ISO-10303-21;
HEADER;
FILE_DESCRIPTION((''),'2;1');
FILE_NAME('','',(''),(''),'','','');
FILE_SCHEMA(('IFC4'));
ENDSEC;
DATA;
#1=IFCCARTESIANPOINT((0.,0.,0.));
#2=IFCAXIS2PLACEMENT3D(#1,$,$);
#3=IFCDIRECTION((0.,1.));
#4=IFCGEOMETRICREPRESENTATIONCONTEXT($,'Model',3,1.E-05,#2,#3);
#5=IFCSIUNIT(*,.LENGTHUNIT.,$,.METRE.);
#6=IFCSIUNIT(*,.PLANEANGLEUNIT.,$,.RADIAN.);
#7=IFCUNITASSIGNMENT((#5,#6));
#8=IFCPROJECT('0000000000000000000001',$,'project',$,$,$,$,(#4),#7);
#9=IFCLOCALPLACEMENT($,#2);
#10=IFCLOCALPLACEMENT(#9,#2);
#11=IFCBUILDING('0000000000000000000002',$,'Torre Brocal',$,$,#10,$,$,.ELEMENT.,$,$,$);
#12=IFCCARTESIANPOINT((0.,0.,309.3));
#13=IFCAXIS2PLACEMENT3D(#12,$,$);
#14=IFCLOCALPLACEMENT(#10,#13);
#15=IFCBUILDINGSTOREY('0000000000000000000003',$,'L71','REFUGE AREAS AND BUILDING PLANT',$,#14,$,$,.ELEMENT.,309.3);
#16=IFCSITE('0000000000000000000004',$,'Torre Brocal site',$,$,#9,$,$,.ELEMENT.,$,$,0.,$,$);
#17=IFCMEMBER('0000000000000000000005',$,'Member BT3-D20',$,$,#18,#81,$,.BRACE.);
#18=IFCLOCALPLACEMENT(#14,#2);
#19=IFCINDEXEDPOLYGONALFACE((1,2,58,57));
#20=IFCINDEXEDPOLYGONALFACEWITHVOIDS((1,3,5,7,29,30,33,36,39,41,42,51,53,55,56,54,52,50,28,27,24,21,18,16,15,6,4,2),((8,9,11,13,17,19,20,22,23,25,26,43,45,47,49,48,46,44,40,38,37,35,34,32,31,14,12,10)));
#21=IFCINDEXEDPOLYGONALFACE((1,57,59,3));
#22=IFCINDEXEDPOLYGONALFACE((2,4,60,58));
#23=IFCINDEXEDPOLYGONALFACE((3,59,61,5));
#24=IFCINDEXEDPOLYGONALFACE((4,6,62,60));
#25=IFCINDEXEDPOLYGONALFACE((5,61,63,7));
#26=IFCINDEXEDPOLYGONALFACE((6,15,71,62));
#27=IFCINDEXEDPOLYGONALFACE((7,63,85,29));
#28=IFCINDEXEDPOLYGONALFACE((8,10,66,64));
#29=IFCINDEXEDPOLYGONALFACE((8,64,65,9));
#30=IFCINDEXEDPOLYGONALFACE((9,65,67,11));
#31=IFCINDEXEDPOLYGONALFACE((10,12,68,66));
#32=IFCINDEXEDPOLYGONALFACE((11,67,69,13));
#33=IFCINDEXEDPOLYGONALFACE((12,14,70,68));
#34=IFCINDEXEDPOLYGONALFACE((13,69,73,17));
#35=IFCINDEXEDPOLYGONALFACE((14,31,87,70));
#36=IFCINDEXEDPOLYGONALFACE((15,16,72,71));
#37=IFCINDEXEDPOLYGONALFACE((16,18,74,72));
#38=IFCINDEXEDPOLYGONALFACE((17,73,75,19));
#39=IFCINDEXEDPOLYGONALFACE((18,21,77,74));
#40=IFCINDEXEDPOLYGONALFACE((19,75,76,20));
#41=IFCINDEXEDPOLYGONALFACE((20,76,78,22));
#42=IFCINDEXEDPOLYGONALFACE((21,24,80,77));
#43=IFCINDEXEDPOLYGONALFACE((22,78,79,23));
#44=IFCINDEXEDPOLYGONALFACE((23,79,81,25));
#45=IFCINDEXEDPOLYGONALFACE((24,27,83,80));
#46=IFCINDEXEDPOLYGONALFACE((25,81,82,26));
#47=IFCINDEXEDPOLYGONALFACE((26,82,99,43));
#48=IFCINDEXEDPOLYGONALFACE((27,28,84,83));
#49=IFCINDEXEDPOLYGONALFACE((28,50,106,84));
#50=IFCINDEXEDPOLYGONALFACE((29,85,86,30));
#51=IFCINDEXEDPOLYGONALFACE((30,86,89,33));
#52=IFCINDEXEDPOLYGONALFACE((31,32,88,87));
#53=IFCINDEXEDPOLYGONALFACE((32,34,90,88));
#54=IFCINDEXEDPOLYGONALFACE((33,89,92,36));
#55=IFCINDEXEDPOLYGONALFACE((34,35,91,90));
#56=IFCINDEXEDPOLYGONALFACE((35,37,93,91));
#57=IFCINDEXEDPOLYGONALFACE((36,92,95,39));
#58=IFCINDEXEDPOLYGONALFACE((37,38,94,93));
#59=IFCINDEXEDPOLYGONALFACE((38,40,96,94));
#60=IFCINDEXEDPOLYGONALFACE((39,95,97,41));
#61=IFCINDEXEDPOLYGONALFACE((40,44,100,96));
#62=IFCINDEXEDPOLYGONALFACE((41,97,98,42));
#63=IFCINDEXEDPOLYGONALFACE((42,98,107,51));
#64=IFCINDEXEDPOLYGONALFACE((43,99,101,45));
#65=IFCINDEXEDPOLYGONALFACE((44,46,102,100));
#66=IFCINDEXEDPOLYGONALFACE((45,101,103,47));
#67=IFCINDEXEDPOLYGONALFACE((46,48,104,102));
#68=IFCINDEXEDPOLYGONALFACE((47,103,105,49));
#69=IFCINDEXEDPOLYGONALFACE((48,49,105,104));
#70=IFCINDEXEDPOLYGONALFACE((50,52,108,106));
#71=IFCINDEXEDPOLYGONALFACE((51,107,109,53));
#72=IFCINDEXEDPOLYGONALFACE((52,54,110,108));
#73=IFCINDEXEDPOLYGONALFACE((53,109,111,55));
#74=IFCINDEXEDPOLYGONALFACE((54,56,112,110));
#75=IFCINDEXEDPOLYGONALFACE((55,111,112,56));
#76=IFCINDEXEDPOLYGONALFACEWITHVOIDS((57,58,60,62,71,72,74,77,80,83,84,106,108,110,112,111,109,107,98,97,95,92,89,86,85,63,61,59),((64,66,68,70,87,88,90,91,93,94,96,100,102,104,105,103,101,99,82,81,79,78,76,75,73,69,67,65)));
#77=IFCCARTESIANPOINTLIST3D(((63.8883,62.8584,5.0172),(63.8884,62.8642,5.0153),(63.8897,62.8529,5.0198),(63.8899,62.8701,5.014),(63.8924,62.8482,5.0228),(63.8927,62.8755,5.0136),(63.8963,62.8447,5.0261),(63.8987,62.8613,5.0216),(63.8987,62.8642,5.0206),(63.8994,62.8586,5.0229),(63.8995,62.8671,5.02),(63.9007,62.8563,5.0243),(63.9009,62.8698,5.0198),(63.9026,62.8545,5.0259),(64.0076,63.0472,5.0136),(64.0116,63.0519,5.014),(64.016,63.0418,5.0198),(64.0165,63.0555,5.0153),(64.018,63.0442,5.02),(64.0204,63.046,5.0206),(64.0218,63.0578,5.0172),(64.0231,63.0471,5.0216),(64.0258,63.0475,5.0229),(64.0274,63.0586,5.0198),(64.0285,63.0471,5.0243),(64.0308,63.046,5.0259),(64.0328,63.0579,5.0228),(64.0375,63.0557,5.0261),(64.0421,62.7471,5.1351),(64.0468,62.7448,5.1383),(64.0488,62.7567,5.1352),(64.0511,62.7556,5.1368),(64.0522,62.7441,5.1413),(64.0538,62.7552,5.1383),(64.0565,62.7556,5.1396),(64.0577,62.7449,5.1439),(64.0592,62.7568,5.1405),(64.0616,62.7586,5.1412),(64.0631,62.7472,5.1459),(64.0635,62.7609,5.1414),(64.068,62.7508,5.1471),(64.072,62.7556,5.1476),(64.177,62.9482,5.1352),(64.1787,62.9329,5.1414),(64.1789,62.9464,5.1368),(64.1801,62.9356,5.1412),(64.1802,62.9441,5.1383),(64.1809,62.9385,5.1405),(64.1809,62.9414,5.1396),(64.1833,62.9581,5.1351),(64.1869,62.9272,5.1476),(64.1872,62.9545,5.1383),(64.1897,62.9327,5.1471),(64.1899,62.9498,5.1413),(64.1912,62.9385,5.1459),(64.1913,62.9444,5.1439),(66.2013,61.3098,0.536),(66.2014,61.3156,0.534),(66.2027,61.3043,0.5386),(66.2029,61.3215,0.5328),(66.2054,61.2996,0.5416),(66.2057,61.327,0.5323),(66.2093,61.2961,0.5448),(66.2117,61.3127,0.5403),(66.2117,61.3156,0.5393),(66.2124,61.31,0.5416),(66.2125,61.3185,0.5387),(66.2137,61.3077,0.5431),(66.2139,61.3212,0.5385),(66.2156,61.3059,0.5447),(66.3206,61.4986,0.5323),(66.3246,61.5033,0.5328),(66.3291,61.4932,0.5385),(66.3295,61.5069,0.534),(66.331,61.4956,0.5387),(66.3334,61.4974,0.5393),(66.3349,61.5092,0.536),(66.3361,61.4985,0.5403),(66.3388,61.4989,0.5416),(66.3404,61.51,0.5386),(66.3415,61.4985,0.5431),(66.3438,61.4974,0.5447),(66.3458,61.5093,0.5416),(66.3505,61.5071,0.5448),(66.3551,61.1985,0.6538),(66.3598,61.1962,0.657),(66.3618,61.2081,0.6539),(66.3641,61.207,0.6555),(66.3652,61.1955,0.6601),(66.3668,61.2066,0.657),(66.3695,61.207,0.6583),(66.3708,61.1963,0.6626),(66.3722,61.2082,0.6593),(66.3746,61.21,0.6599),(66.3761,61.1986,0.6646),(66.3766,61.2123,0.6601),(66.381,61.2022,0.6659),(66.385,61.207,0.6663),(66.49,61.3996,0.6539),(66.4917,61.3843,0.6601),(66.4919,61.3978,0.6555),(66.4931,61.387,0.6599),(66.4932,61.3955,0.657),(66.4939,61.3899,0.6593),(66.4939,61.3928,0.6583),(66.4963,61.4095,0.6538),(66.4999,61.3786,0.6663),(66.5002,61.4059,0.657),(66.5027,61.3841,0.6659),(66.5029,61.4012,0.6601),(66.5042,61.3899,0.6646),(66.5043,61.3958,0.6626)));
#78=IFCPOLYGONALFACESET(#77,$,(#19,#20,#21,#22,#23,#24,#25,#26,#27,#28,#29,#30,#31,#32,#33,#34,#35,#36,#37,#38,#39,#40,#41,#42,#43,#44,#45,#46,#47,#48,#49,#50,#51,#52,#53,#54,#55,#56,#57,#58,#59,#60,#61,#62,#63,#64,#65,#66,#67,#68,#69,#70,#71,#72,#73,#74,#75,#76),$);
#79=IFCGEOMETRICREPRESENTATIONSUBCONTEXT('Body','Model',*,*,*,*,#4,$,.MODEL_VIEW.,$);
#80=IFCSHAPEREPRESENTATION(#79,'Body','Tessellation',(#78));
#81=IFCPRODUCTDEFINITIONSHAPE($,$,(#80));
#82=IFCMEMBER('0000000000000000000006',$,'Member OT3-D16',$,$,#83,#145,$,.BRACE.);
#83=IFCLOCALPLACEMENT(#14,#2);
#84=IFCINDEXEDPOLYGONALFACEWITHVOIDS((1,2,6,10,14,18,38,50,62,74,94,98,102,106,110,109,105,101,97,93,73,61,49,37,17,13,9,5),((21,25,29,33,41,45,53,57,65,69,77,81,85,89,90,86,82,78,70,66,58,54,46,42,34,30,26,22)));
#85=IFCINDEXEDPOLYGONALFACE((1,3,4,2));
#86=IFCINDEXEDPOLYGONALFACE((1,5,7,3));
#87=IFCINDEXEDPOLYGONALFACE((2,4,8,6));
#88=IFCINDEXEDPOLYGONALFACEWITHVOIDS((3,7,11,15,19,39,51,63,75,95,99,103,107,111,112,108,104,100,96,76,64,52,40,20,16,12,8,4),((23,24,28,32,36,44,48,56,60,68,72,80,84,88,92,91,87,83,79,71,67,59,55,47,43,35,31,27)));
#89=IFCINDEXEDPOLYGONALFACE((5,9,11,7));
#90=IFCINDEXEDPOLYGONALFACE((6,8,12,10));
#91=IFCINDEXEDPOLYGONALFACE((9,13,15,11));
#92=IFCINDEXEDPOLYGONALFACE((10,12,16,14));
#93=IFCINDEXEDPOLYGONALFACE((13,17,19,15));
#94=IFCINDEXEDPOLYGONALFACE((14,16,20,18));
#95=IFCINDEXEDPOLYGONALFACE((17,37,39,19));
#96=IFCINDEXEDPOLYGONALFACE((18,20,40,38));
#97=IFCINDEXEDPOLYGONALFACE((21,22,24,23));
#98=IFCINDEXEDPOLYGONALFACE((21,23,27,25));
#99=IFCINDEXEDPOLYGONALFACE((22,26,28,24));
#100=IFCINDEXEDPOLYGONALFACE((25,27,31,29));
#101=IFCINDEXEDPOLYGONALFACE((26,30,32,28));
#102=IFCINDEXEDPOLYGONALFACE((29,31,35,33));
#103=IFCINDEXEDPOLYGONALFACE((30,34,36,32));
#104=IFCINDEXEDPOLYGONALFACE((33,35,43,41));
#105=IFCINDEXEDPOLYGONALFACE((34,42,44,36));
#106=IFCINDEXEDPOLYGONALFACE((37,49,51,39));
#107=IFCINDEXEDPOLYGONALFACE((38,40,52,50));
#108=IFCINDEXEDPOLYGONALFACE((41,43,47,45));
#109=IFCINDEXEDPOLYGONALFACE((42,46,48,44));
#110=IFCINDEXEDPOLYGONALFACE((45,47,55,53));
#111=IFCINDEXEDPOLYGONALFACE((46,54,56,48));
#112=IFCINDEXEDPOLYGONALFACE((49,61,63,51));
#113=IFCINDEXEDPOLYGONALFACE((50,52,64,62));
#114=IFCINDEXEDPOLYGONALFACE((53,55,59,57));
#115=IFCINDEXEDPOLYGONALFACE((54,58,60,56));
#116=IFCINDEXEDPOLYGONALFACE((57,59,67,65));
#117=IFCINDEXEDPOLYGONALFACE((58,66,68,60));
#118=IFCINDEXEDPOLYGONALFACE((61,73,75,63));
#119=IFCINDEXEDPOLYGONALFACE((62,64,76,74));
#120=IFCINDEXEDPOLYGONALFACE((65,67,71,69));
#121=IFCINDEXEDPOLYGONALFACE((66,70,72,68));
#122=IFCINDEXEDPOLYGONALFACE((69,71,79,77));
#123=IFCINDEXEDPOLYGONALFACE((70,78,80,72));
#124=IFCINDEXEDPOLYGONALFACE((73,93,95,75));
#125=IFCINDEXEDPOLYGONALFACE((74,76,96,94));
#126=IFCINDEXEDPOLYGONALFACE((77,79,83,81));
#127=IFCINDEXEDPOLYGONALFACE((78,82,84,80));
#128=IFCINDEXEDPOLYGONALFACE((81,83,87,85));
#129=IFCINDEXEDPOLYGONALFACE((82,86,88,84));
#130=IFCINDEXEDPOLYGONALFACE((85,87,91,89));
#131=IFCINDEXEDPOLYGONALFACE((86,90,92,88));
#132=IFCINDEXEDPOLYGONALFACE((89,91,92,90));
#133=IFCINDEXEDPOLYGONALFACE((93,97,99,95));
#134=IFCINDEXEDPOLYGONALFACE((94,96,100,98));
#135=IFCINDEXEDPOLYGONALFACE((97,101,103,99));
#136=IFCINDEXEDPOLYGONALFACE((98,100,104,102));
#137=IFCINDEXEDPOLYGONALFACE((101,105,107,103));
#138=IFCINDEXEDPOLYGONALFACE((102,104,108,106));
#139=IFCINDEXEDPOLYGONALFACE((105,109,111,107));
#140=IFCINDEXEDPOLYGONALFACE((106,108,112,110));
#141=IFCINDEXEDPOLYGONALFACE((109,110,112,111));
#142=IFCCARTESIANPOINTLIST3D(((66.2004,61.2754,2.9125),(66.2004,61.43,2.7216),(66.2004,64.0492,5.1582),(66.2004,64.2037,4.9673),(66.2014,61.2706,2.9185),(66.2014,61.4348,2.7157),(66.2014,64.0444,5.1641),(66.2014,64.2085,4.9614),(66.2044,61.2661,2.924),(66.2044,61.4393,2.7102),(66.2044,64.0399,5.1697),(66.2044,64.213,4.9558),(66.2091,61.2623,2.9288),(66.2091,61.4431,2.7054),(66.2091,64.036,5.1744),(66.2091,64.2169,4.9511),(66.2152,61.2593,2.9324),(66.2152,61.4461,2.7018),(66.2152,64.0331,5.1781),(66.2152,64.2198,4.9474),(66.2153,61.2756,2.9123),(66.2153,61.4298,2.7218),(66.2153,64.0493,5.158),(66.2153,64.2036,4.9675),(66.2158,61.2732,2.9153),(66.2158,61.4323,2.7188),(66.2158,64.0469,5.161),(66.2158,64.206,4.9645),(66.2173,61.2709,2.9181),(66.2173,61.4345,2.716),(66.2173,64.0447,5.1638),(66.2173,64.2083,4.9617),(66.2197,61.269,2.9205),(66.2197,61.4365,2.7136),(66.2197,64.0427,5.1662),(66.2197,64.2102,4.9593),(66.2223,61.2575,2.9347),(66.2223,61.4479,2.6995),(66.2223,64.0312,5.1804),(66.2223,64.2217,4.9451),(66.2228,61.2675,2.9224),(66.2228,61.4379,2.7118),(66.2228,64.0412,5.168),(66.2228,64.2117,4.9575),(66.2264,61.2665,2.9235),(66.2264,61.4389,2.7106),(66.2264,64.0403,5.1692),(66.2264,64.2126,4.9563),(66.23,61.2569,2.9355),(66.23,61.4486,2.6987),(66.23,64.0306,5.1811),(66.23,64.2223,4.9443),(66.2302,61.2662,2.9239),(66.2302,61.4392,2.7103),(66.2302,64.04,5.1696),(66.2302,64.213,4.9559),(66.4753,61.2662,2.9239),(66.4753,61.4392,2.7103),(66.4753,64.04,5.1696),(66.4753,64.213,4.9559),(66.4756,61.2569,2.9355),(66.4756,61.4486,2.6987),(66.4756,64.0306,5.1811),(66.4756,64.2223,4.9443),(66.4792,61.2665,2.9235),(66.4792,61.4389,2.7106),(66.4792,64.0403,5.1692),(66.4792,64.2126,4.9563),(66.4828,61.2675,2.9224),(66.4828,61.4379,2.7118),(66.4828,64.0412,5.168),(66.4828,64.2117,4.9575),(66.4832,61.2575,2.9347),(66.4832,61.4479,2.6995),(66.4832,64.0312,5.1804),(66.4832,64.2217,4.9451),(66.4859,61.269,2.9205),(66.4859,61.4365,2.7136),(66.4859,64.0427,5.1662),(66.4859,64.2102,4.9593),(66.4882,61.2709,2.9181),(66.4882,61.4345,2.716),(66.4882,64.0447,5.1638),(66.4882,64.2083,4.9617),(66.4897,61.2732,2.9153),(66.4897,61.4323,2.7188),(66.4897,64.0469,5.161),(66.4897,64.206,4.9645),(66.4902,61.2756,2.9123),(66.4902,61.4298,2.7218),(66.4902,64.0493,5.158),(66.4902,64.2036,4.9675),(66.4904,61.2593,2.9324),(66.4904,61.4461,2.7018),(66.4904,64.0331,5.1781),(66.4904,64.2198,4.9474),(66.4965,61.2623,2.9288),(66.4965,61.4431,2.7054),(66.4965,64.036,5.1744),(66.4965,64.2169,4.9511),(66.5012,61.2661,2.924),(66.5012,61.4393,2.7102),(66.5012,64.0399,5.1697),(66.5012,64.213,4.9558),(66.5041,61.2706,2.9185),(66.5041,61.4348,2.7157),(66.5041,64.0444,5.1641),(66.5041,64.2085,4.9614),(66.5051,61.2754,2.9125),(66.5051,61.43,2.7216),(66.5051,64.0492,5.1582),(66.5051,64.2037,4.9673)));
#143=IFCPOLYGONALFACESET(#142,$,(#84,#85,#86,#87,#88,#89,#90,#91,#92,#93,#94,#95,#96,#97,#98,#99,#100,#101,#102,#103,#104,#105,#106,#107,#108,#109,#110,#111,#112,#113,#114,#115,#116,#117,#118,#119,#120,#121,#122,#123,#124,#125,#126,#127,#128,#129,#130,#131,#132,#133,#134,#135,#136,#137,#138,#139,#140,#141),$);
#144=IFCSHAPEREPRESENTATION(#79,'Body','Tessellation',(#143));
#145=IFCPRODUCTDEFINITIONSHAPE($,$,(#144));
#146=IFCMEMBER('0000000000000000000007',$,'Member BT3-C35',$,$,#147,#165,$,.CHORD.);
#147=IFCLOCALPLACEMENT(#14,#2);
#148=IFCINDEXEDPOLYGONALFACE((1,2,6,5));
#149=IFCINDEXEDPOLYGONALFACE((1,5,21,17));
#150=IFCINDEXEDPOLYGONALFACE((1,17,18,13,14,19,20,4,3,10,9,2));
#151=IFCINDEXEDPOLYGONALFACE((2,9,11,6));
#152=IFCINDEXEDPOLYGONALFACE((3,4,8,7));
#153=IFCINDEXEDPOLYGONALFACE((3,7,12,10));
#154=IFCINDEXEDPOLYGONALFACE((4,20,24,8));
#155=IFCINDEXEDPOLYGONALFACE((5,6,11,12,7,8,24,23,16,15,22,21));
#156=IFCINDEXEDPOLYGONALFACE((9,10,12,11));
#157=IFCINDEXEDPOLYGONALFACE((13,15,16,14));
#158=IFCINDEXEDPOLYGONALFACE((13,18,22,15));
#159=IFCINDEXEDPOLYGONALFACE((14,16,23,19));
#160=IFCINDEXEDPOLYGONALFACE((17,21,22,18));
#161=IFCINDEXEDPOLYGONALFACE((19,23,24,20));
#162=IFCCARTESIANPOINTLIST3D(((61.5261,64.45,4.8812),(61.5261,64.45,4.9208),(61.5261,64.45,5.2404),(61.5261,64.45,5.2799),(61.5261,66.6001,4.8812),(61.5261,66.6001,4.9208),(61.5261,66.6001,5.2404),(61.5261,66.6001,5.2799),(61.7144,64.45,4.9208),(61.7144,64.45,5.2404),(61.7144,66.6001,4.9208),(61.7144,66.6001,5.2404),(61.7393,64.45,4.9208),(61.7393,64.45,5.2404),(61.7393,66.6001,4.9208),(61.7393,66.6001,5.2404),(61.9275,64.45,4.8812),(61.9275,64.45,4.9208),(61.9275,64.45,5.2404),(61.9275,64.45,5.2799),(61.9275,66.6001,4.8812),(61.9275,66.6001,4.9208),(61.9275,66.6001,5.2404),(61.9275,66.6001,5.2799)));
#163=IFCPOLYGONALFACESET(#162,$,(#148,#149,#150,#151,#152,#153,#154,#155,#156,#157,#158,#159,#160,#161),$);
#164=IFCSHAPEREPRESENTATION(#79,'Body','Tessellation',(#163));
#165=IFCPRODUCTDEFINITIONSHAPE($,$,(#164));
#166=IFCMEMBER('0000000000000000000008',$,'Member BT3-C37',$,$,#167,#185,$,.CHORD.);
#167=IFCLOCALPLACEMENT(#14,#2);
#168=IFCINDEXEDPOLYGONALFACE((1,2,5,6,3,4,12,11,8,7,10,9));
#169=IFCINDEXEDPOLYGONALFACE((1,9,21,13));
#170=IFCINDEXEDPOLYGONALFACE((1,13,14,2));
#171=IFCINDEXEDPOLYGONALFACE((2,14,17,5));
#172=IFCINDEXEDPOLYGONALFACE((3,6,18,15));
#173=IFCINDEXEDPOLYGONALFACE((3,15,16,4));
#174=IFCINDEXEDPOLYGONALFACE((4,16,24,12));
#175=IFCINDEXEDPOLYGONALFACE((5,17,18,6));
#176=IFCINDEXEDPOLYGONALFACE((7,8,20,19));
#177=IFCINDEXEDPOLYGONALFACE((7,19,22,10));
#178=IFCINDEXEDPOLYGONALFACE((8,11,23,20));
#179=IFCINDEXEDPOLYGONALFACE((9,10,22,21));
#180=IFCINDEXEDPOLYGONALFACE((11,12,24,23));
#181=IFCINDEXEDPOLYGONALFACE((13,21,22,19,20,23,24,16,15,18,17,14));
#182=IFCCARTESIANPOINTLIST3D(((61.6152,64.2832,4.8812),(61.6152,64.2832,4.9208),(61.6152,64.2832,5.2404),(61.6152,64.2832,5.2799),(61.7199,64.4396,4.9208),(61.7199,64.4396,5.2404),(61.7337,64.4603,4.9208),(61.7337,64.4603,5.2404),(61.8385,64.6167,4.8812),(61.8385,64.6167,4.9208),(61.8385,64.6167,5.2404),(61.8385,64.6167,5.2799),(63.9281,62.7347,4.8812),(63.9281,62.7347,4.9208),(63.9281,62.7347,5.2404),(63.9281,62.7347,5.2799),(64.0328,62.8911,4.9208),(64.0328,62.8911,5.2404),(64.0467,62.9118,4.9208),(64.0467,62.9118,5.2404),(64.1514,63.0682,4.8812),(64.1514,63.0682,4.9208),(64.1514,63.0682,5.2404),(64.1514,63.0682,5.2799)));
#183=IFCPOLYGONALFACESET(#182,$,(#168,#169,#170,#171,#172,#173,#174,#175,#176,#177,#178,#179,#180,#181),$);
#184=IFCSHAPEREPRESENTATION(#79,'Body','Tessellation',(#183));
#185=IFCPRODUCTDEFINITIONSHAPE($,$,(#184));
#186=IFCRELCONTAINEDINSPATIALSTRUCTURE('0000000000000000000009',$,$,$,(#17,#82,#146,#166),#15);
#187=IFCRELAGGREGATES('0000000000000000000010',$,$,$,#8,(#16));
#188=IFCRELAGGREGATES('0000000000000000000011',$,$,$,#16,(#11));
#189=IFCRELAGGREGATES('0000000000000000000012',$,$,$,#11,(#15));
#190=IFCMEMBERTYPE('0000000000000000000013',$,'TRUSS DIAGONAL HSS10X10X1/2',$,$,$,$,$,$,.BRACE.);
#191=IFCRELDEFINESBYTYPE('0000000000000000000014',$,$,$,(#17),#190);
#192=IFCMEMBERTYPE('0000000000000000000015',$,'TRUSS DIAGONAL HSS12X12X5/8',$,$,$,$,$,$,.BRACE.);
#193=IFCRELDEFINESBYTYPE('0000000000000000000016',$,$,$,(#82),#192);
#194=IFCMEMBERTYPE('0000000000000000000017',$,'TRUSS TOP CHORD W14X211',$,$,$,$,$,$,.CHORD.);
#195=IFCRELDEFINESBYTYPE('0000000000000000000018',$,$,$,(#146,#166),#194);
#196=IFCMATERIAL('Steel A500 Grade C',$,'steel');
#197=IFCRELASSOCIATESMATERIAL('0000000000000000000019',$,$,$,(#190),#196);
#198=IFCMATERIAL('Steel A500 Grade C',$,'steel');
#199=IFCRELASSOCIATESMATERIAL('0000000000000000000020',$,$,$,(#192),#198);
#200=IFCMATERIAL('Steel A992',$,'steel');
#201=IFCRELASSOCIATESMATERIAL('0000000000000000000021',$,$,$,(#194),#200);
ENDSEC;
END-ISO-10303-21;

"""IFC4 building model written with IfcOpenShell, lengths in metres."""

from ifc_helpers import new_model, si_unit, direction, frame, origin, origin_2d, place, context, subcontext, project, spatial, hollow_rectangle, i_section, extrude, material, material_profile, profile_set, type_object, element, save


model = new_model("IFC4")

# Units and contexts
model_context = context("Model", 3, precision=1e-05, world=origin(), true_north=direction((0.0, 1.0)))
body_context = subcontext(model_context, "Body", "Model", "MODEL_VIEW")
ifc_project = project(units=[si_unit("LENGTHUNIT", "METRE"), si_unit("PLANEANGLEUNIT", "RADIAN")], contexts=[model_context])

# Site, building, storey
site_placement = place(None, origin())
site = spatial("IfcSite", under=ifc_project, at=site_placement, Name="Torre Brocal site", CompositionType="ELEMENT", RefElevation=0.0)
building_placement = place(site_placement, origin())
building = spatial("IfcBuilding", under=site, at=building_placement, Name="Torre Brocal", CompositionType="ELEMENT")
storey_placement = place(building_placement, frame((0.0, 0.0, 309.3)))
storey = spatial("IfcBuildingStorey", under=building, at=storey_placement, Name="L71", Description="REFUGE AREAS AND BUILDING PLANT", CompositionType="ELEMENT", Elevation=309.3)

# Members
ifc_material_1 = material(Name="Steel A500 Grade C", Category="steel")
ifc_material_profile_1 = material_profile(ifc_material_1, hollow_rectangle(XDim=0.2539, YDim=0.2539, WallThickness=0.0117, InnerFilletRadius=0.0117, OuterFilletRadius=0.0237, at=origin_2d()), Name="HSS10X10X1/2")
ifc_profile_set_1 = profile_set([ifc_material_profile_1], Name="Steel A500 Grade C")
member_type_1 = type_object("IfcMemberType", Name="TRUSS DIAGONAL HSS10X10X1/2", PredefinedType="BRACE", material=ifc_profile_set_1)
for number, where, z_axis, x_axis, name in (
    (1, (64.0398, 62.9014, 5.0806), (0.438453, -0.293552, -0.849462), (0.556339, 0.830956, 0.0), "Member BT3-D20"),
):
    element("IfcMember", number, at=place(storey_placement, frame(where, z_axis=z_axis, x_axis=x_axis)), inside=storey, type_object=member_type_1, Name=name, PredefinedType="BRACE", context=body_context, shape_type="SweptSolid", body=[
        extrude(hollow_rectangle(XDim=0.2539, YDim=0.2539, WallThickness=0.0117, InnerFilletRadius=0.0117, OuterFilletRadius=0.0237, at=origin_2d()), origin(), (0.0, 0.0, 1.0), 5.2754),
    ])
ifc_material_2 = material(Name="Steel A500 Grade C", Category="steel")
ifc_material_profile_2 = material_profile(ifc_material_2, hollow_rectangle(XDim=0.3047, YDim=0.3047, WallThickness=0.0149, InnerFilletRadius=0.0149, OuterFilletRadius=0.0295, at=origin_2d()), Name="HSS12X12X5/8")
ifc_profile_set_2 = profile_set([ifc_material_profile_2], Name="Steel A500 Grade C")
member_type_2 = type_object("IfcMemberType", Name="TRUSS DIAGONAL HSS12X12X5/8", PredefinedType="BRACE", material=ifc_profile_set_2)
member_1_placement = place(storey_placement, frame((66.3528, 64.1265, 5.0627), z_axis=(0.0, -0.777211, -0.62924), x_axis=(1.0, 0.0, 0.0)))
element("IfcMember", 2, at=member_1_placement, inside=storey, type_object=member_type_2, Name="Member OT3-D16", PredefinedType="BRACE", context=body_context, shape_type="SweptSolid", body=[
    extrude(hollow_rectangle(XDim=0.3047, YDim=0.3047, WallThickness=0.0149, InnerFilletRadius=0.0149, OuterFilletRadius=0.0295, at=origin_2d()), origin(), (0.0, 0.0, 1.0), 3.5688),
])
ifc_material_3 = material(Name="Steel A992", Category="steel")
ifc_material_profile_3 = material_profile(ifc_material_3, i_section(OverallWidth=0.4014, OverallDepth=0.3987, WebThickness=0.0249, FlangeThickness=0.0396, at=origin_2d()), Name="W14X211")
ifc_profile_set_3 = profile_set([ifc_material_profile_3], Name="Steel A992")
member_type_3 = type_object("IfcMemberType", Name="TRUSS TOP CHORD W14X211", PredefinedType="CHORD", material=ifc_profile_set_3)
member_2_placement = place(storey_placement, frame((61.7268, 64.45, 5.0806), z_axis=(0.0, 1.0, 0.0), x_axis=(-1.0, 0.0, 0.0)))
element("IfcMember", 3, at=member_2_placement, inside=storey, type_object=member_type_3, Name="Member BT3-C35", PredefinedType="CHORD", context=body_context, shape_type="SweptSolid", body=[
    extrude(i_section(OverallWidth=0.4014, OverallDepth=0.3987, WebThickness=0.0249, FlangeThickness=0.0396, at=origin_2d()), origin(), (0.0, 0.0, 1.0), 2.1501),
])
for number, where, z_axis, x_axis, name in (
    (4, (61.7268, 64.45, 5.0806), (0.830956, -0.556339, 0.0), (0.556339, 0.830956, 0.0), "Member BT3-C37"),
):
    element("IfcMember", number, at=place(storey_placement, frame(where, z_axis=z_axis, x_axis=x_axis)), inside=storey, type_object=member_type_3, Name=name, PredefinedType="CHORD", context=body_context, shape_type="SweptSolid", body=[
        extrude(i_section(OverallWidth=0.4014, OverallDepth=0.3987, WebThickness=0.0249, FlangeThickness=0.0396, at=origin_2d()), origin(), (0.0, 0.0, 1.0), 2.7834),
    ])

save(model, "model.ifc")
